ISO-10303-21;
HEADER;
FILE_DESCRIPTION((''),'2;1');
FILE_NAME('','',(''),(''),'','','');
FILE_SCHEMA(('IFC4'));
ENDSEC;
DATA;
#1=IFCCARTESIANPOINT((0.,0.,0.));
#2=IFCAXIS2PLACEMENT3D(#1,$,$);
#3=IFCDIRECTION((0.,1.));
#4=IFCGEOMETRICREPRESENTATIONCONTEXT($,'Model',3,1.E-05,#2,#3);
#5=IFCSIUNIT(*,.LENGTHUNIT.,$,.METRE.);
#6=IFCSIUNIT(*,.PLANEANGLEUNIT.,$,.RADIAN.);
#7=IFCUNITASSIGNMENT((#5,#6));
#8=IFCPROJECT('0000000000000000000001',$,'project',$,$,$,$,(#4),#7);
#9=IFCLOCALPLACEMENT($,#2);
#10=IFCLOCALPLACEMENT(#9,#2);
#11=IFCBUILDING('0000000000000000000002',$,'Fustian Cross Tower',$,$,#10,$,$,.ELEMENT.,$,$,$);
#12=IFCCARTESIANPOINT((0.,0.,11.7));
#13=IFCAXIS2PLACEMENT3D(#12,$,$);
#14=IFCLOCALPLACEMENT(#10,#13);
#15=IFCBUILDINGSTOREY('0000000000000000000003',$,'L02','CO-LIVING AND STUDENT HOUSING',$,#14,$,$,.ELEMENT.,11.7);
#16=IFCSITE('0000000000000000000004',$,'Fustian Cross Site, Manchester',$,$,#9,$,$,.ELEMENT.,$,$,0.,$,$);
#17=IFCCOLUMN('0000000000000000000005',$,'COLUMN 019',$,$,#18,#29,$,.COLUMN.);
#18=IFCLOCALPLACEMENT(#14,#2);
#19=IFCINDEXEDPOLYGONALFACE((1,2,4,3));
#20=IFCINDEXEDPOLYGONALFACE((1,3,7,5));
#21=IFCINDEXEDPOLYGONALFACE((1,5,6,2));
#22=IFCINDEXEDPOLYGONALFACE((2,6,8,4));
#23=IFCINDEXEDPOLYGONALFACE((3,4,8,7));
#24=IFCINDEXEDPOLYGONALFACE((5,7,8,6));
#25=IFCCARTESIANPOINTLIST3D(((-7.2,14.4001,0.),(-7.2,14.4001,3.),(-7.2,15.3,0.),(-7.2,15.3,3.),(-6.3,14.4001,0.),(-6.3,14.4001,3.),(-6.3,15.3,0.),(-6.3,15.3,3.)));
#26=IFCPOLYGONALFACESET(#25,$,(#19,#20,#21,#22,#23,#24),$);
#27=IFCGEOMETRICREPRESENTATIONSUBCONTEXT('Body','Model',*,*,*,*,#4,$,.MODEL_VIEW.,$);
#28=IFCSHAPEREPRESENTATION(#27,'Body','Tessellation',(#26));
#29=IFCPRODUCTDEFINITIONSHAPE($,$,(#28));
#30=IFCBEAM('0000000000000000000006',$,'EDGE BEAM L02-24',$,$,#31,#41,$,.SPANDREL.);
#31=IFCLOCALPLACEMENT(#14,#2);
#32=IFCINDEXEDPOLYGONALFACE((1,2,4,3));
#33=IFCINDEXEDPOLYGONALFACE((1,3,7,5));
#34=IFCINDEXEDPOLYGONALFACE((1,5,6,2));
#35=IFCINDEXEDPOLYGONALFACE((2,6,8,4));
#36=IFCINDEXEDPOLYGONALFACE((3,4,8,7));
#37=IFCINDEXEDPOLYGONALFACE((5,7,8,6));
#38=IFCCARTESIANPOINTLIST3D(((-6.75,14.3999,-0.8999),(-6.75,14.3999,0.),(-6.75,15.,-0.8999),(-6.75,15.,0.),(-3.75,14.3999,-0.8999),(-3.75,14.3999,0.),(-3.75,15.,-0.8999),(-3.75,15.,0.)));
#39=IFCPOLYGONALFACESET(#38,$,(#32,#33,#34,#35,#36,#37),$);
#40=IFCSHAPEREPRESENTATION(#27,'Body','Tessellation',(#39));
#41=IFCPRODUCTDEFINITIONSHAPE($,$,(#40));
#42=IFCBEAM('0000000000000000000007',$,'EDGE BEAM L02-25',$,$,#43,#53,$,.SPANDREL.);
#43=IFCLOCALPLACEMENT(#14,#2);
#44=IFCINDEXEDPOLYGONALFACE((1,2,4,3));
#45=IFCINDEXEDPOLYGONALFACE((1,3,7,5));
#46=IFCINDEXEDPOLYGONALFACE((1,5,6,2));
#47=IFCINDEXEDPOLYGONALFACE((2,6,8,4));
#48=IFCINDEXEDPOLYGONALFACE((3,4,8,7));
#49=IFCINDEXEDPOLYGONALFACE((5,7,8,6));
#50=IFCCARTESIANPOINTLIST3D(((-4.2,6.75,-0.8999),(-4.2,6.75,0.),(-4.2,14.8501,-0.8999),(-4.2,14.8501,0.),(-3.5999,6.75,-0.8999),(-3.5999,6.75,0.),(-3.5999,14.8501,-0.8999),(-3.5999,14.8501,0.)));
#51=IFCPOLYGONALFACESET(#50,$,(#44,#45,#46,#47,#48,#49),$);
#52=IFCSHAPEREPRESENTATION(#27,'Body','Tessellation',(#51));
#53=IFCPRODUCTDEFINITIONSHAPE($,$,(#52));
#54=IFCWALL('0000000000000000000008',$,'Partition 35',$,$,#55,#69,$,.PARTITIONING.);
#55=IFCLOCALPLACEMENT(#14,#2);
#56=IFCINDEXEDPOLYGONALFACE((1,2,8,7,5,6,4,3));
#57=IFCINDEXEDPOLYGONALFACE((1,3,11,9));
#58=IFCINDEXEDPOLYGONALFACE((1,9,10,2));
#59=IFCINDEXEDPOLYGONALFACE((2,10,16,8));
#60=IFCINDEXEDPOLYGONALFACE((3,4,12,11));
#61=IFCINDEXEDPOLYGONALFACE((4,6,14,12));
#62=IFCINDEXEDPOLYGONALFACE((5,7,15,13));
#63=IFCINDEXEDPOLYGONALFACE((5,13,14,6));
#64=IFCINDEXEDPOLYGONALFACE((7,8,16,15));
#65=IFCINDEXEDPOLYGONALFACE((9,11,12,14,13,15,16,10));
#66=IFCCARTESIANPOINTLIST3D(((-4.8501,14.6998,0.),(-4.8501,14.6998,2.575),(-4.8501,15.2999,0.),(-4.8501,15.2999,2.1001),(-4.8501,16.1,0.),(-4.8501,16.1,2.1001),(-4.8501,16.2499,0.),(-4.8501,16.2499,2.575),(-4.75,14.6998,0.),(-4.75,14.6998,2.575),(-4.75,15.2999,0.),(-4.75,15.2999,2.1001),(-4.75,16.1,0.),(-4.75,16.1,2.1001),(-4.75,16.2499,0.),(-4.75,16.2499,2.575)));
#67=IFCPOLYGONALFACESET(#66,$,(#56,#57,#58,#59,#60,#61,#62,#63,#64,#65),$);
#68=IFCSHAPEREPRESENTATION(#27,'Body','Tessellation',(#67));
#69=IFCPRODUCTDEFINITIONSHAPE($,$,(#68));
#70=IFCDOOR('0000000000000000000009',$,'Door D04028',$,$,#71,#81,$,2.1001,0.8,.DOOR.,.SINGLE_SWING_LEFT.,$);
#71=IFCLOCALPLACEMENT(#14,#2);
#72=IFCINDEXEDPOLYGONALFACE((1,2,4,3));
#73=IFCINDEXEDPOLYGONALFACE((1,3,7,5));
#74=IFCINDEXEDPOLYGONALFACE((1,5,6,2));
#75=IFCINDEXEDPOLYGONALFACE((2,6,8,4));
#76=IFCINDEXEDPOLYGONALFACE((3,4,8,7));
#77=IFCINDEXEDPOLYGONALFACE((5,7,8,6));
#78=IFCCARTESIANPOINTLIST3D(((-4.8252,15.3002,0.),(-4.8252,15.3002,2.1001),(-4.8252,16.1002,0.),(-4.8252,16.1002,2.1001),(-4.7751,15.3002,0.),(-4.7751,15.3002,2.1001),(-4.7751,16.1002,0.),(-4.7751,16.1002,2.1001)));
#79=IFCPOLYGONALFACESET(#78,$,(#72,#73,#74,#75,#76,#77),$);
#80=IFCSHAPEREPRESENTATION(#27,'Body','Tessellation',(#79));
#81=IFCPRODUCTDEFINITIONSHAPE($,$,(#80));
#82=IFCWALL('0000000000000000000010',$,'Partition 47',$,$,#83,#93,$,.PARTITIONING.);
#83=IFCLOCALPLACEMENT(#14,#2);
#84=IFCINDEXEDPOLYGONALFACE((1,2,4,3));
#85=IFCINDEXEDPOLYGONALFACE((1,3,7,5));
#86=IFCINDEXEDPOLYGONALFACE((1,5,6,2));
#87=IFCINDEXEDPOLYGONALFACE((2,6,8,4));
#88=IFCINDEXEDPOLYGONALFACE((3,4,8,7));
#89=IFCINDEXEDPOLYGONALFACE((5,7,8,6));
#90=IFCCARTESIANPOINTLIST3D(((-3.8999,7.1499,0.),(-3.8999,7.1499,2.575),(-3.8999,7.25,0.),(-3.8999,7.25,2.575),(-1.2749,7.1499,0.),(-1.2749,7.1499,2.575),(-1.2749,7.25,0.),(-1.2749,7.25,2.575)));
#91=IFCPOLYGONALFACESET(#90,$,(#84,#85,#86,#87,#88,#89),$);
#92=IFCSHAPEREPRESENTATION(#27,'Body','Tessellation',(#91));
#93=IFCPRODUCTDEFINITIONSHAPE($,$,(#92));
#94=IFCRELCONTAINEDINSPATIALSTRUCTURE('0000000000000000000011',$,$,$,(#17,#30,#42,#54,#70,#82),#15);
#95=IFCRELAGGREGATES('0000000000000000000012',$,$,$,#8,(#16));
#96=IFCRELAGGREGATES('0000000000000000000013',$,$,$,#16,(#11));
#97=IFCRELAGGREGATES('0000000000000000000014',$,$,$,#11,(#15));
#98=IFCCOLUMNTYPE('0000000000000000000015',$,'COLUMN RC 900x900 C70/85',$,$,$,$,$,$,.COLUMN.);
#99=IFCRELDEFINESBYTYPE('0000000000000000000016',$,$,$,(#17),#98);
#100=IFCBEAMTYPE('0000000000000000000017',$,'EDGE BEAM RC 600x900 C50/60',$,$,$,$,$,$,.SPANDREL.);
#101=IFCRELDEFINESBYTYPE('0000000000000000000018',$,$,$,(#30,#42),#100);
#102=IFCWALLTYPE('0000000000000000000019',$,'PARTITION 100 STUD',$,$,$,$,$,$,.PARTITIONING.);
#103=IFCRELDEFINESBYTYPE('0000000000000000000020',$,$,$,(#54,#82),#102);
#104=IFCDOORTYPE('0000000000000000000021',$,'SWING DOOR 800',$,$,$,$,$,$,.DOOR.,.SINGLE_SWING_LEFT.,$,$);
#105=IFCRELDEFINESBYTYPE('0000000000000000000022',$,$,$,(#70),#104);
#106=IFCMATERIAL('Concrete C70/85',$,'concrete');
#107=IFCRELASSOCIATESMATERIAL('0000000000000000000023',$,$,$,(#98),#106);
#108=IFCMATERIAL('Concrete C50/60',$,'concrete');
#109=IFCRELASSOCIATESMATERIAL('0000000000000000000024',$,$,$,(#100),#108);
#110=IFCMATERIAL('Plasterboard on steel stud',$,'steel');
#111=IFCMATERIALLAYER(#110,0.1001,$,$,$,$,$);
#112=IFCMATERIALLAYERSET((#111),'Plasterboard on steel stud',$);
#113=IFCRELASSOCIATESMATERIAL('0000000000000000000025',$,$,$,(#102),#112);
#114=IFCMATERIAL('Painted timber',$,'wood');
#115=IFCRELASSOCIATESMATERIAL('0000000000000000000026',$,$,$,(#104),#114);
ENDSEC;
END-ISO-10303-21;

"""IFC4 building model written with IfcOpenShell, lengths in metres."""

from ifc_helpers import new_model, si_unit, direction, frame, frame_2d, origin, origin_2d, place, context, subcontext, project, spatial, rectangle, extrude, material, layer, layer_set, material_profile, profile_set, type_object, element, fill, save


model = new_model("IFC4")

# Units and contexts
model_context = context("Model", 3, precision=1e-05, world=origin(), true_north=direction((0.0, 1.0)))
body_context = subcontext(model_context, "Body", "Model", "MODEL_VIEW")
ifc_project = project(units=[si_unit("LENGTHUNIT", "METRE"), si_unit("PLANEANGLEUNIT", "RADIAN")], contexts=[model_context])

# Site, building, storey
site_placement = place(None, origin())
site = spatial("IfcSite", under=ifc_project, at=site_placement, Name="Fustian Cross Site, Manchester", CompositionType="ELEMENT", RefElevation=0.0)
building_placement = place(site_placement, origin())
building = spatial("IfcBuilding", under=site, at=building_placement, Name="Fustian Cross Tower", CompositionType="ELEMENT")
storey_placement = place(building_placement, frame((0.0, 0.0, 11.7)))
storey = spatial("IfcBuildingStorey", under=building, at=storey_placement, Name="L02", Description="CO-LIVING AND STUDENT HOUSING", CompositionType="ELEMENT", Elevation=11.7)

# Column
ifc_material_1 = material(Name="Concrete C70/85", Category="concrete")
ifc_material_profile_1 = material_profile(ifc_material_1, rectangle(XDim=0.8999, YDim=0.8999, at=origin_2d()), Name="RC 900x900")
ifc_profile_set_1 = profile_set([ifc_material_profile_1], Name="Concrete C70/85")
column_type = type_object("IfcColumnType", Name="COLUMN RC 900x900 C70/85", PredefinedType="COLUMN", material=ifc_profile_set_1)
column_placement = place(storey_placement, frame((-6.75, 14.8501, 0.0), z_axis=(0.0, 0.0, 1.0), x_axis=(1.0, 0.0, 0.0)))
element("IfcColumn", 1, at=column_placement, inside=storey, type_object=column_type, Name="COLUMN 019", PredefinedType="COLUMN", context=body_context, shape_type="SweptSolid", body=[
    extrude(rectangle(XDim=0.8999, YDim=0.8999, at=origin_2d()), origin(), (0.0, 0.0, 1.0), 3.0),
])

# Beams
ifc_material_2 = material(Name="Concrete C50/60", Category="concrete")
ifc_material_profile_2 = material_profile(ifc_material_2, rectangle(XDim=0.6001, YDim=0.8999, at=origin_2d()), Name="RC 600x900")
ifc_profile_set_2 = profile_set([ifc_material_profile_2], Name="Concrete C50/60")
beam_type = type_object("IfcBeamType", Name="EDGE BEAM RC 600x900 C50/60", PredefinedType="SPANDREL", material=ifc_profile_set_2)
beam_1_placement = place(storey_placement, frame((-6.75, 14.7, -0.45), z_axis=(1.0, 0.0, 0.0), x_axis=(0.0, 1.0, 0.0)))
element("IfcBeam", 2, at=beam_1_placement, inside=storey, type_object=beam_type, Name="EDGE BEAM L02-24", PredefinedType="SPANDREL", context=body_context, shape_type="SweptSolid", body=[
    extrude(rectangle(XDim=0.6001, YDim=0.8999, at=origin_2d()), origin(), (0.0, 0.0, 1.0), 3.0),
])
beam_2_placement = place(storey_placement, frame((-3.8999, 14.8501, -0.45), z_axis=(0.0, -1.0, 0.0), x_axis=(1.0, 0.0, 0.0)))
element("IfcBeam", 3, at=beam_2_placement, inside=storey, type_object=beam_type, Name="EDGE BEAM L02-25", PredefinedType="SPANDREL", context=body_context, shape_type="SweptSolid", body=[
    extrude(rectangle(XDim=0.6001, YDim=0.8999, at=origin_2d()), origin(), (0.0, 0.0, 1.0), 8.1001),
])

# Wall, opening, door
ifc_material_3 = material(Name="Plasterboard on steel stud", Category="steel")
ifc_layer_1 = layer(ifc_material_3, 0.1001)
ifc_layer_set_1 = layer_set([ifc_layer_1], Name="Plasterboard on steel stud")
wall_type_1 = type_object("IfcWallType", Name="PARTITION 100 STUD", PredefinedType="PARTITIONING", material=ifc_layer_set_1)
wall_1_placement = place(storey_placement, frame((-4.8, 14.7, 0.0), z_axis=(0.0, 0.0, 1.0), x_axis=(0.0, 1.0, 0.0)))
wall_1 = element("IfcWall", 4, at=wall_1_placement, inside=storey, type_object=wall_type_1, Name="Partition 35", PredefinedType="PARTITIONING", context=body_context, shape_type="SweptSolid", body=[
    extrude(rectangle(XDim=1.55, YDim=0.1001, at=frame_2d((0.7749, 0.0))), origin(), (0.0, 0.0, 1.0), 2.575),
])
opening_1_placement = place(wall_1_placement, frame((0.6001, 0.0, 0.0)))
opening_1 = element("IfcOpeningElement", 5, at=opening_1_placement, cuts=wall_1, PredefinedType="OPENING", context=body_context, shape_type="SweptSolid", body=[
    extrude(rectangle(XDim=0.8, YDim=2.1001, at=frame_2d((0.3999, 1.05))), frame((0.0, 0.0601, 0.0), z_axis=(0.0, -1.0, 0.0), x_axis=(1.0, 0.0, 0.0)), (0.0, 0.0, 1.0), 0.1201),
])
ifc_material_4 = material(Name="Painted timber", Category="wood")
door_type_1 = type_object("IfcDoorType", Name="SWING DOOR 800", OperationType="SINGLE_SWING_LEFT", PredefinedType="DOOR", material=ifc_material_4)
door_1_placement = place(opening_1_placement, frame((0.8, 0.0, 0.0), z_axis=(0.0, 0.0, 1.0), x_axis=(-1.0, 0.0, 0.0)))
door_1 = element("IfcDoor", 6, at=door_1_placement, inside=storey, type_object=door_type_1, Name="Door D04028", OperationType="SINGLE_SWING_LEFT", OverallHeight=2.1001, OverallWidth=0.8, PredefinedType="DOOR", context=body_context, shape_type="SweptSolid", body=[
    extrude(rectangle(XDim=0.8, YDim=2.1001, at=frame_2d((0.3999, 1.05))), frame((0.0, 0.0249, 0.0), z_axis=(0.0, -1.0, 0.0), x_axis=(1.0, 0.0, 0.0)), (0.0, 0.0, 1.0), 0.05),
])
fill(opening_1, door_1)

# Wall
wall_2_placement = place(storey_placement, frame((-3.8999, 7.2, 0.0), z_axis=(0.0, 0.0, 1.0), x_axis=(1.0, 0.0, 0.0)))
element("IfcWall", 7, at=wall_2_placement, inside=storey, type_object=wall_type_1, Name="Partition 47", PredefinedType="PARTITIONING", context=body_context, shape_type="SweptSolid", body=[
    extrude(rectangle(XDim=2.625, YDim=0.1001, at=frame_2d((1.3125, 0.0))), origin(), (0.0, 0.0, 1.0), 2.575),
])

save(model, "model.ifc")
